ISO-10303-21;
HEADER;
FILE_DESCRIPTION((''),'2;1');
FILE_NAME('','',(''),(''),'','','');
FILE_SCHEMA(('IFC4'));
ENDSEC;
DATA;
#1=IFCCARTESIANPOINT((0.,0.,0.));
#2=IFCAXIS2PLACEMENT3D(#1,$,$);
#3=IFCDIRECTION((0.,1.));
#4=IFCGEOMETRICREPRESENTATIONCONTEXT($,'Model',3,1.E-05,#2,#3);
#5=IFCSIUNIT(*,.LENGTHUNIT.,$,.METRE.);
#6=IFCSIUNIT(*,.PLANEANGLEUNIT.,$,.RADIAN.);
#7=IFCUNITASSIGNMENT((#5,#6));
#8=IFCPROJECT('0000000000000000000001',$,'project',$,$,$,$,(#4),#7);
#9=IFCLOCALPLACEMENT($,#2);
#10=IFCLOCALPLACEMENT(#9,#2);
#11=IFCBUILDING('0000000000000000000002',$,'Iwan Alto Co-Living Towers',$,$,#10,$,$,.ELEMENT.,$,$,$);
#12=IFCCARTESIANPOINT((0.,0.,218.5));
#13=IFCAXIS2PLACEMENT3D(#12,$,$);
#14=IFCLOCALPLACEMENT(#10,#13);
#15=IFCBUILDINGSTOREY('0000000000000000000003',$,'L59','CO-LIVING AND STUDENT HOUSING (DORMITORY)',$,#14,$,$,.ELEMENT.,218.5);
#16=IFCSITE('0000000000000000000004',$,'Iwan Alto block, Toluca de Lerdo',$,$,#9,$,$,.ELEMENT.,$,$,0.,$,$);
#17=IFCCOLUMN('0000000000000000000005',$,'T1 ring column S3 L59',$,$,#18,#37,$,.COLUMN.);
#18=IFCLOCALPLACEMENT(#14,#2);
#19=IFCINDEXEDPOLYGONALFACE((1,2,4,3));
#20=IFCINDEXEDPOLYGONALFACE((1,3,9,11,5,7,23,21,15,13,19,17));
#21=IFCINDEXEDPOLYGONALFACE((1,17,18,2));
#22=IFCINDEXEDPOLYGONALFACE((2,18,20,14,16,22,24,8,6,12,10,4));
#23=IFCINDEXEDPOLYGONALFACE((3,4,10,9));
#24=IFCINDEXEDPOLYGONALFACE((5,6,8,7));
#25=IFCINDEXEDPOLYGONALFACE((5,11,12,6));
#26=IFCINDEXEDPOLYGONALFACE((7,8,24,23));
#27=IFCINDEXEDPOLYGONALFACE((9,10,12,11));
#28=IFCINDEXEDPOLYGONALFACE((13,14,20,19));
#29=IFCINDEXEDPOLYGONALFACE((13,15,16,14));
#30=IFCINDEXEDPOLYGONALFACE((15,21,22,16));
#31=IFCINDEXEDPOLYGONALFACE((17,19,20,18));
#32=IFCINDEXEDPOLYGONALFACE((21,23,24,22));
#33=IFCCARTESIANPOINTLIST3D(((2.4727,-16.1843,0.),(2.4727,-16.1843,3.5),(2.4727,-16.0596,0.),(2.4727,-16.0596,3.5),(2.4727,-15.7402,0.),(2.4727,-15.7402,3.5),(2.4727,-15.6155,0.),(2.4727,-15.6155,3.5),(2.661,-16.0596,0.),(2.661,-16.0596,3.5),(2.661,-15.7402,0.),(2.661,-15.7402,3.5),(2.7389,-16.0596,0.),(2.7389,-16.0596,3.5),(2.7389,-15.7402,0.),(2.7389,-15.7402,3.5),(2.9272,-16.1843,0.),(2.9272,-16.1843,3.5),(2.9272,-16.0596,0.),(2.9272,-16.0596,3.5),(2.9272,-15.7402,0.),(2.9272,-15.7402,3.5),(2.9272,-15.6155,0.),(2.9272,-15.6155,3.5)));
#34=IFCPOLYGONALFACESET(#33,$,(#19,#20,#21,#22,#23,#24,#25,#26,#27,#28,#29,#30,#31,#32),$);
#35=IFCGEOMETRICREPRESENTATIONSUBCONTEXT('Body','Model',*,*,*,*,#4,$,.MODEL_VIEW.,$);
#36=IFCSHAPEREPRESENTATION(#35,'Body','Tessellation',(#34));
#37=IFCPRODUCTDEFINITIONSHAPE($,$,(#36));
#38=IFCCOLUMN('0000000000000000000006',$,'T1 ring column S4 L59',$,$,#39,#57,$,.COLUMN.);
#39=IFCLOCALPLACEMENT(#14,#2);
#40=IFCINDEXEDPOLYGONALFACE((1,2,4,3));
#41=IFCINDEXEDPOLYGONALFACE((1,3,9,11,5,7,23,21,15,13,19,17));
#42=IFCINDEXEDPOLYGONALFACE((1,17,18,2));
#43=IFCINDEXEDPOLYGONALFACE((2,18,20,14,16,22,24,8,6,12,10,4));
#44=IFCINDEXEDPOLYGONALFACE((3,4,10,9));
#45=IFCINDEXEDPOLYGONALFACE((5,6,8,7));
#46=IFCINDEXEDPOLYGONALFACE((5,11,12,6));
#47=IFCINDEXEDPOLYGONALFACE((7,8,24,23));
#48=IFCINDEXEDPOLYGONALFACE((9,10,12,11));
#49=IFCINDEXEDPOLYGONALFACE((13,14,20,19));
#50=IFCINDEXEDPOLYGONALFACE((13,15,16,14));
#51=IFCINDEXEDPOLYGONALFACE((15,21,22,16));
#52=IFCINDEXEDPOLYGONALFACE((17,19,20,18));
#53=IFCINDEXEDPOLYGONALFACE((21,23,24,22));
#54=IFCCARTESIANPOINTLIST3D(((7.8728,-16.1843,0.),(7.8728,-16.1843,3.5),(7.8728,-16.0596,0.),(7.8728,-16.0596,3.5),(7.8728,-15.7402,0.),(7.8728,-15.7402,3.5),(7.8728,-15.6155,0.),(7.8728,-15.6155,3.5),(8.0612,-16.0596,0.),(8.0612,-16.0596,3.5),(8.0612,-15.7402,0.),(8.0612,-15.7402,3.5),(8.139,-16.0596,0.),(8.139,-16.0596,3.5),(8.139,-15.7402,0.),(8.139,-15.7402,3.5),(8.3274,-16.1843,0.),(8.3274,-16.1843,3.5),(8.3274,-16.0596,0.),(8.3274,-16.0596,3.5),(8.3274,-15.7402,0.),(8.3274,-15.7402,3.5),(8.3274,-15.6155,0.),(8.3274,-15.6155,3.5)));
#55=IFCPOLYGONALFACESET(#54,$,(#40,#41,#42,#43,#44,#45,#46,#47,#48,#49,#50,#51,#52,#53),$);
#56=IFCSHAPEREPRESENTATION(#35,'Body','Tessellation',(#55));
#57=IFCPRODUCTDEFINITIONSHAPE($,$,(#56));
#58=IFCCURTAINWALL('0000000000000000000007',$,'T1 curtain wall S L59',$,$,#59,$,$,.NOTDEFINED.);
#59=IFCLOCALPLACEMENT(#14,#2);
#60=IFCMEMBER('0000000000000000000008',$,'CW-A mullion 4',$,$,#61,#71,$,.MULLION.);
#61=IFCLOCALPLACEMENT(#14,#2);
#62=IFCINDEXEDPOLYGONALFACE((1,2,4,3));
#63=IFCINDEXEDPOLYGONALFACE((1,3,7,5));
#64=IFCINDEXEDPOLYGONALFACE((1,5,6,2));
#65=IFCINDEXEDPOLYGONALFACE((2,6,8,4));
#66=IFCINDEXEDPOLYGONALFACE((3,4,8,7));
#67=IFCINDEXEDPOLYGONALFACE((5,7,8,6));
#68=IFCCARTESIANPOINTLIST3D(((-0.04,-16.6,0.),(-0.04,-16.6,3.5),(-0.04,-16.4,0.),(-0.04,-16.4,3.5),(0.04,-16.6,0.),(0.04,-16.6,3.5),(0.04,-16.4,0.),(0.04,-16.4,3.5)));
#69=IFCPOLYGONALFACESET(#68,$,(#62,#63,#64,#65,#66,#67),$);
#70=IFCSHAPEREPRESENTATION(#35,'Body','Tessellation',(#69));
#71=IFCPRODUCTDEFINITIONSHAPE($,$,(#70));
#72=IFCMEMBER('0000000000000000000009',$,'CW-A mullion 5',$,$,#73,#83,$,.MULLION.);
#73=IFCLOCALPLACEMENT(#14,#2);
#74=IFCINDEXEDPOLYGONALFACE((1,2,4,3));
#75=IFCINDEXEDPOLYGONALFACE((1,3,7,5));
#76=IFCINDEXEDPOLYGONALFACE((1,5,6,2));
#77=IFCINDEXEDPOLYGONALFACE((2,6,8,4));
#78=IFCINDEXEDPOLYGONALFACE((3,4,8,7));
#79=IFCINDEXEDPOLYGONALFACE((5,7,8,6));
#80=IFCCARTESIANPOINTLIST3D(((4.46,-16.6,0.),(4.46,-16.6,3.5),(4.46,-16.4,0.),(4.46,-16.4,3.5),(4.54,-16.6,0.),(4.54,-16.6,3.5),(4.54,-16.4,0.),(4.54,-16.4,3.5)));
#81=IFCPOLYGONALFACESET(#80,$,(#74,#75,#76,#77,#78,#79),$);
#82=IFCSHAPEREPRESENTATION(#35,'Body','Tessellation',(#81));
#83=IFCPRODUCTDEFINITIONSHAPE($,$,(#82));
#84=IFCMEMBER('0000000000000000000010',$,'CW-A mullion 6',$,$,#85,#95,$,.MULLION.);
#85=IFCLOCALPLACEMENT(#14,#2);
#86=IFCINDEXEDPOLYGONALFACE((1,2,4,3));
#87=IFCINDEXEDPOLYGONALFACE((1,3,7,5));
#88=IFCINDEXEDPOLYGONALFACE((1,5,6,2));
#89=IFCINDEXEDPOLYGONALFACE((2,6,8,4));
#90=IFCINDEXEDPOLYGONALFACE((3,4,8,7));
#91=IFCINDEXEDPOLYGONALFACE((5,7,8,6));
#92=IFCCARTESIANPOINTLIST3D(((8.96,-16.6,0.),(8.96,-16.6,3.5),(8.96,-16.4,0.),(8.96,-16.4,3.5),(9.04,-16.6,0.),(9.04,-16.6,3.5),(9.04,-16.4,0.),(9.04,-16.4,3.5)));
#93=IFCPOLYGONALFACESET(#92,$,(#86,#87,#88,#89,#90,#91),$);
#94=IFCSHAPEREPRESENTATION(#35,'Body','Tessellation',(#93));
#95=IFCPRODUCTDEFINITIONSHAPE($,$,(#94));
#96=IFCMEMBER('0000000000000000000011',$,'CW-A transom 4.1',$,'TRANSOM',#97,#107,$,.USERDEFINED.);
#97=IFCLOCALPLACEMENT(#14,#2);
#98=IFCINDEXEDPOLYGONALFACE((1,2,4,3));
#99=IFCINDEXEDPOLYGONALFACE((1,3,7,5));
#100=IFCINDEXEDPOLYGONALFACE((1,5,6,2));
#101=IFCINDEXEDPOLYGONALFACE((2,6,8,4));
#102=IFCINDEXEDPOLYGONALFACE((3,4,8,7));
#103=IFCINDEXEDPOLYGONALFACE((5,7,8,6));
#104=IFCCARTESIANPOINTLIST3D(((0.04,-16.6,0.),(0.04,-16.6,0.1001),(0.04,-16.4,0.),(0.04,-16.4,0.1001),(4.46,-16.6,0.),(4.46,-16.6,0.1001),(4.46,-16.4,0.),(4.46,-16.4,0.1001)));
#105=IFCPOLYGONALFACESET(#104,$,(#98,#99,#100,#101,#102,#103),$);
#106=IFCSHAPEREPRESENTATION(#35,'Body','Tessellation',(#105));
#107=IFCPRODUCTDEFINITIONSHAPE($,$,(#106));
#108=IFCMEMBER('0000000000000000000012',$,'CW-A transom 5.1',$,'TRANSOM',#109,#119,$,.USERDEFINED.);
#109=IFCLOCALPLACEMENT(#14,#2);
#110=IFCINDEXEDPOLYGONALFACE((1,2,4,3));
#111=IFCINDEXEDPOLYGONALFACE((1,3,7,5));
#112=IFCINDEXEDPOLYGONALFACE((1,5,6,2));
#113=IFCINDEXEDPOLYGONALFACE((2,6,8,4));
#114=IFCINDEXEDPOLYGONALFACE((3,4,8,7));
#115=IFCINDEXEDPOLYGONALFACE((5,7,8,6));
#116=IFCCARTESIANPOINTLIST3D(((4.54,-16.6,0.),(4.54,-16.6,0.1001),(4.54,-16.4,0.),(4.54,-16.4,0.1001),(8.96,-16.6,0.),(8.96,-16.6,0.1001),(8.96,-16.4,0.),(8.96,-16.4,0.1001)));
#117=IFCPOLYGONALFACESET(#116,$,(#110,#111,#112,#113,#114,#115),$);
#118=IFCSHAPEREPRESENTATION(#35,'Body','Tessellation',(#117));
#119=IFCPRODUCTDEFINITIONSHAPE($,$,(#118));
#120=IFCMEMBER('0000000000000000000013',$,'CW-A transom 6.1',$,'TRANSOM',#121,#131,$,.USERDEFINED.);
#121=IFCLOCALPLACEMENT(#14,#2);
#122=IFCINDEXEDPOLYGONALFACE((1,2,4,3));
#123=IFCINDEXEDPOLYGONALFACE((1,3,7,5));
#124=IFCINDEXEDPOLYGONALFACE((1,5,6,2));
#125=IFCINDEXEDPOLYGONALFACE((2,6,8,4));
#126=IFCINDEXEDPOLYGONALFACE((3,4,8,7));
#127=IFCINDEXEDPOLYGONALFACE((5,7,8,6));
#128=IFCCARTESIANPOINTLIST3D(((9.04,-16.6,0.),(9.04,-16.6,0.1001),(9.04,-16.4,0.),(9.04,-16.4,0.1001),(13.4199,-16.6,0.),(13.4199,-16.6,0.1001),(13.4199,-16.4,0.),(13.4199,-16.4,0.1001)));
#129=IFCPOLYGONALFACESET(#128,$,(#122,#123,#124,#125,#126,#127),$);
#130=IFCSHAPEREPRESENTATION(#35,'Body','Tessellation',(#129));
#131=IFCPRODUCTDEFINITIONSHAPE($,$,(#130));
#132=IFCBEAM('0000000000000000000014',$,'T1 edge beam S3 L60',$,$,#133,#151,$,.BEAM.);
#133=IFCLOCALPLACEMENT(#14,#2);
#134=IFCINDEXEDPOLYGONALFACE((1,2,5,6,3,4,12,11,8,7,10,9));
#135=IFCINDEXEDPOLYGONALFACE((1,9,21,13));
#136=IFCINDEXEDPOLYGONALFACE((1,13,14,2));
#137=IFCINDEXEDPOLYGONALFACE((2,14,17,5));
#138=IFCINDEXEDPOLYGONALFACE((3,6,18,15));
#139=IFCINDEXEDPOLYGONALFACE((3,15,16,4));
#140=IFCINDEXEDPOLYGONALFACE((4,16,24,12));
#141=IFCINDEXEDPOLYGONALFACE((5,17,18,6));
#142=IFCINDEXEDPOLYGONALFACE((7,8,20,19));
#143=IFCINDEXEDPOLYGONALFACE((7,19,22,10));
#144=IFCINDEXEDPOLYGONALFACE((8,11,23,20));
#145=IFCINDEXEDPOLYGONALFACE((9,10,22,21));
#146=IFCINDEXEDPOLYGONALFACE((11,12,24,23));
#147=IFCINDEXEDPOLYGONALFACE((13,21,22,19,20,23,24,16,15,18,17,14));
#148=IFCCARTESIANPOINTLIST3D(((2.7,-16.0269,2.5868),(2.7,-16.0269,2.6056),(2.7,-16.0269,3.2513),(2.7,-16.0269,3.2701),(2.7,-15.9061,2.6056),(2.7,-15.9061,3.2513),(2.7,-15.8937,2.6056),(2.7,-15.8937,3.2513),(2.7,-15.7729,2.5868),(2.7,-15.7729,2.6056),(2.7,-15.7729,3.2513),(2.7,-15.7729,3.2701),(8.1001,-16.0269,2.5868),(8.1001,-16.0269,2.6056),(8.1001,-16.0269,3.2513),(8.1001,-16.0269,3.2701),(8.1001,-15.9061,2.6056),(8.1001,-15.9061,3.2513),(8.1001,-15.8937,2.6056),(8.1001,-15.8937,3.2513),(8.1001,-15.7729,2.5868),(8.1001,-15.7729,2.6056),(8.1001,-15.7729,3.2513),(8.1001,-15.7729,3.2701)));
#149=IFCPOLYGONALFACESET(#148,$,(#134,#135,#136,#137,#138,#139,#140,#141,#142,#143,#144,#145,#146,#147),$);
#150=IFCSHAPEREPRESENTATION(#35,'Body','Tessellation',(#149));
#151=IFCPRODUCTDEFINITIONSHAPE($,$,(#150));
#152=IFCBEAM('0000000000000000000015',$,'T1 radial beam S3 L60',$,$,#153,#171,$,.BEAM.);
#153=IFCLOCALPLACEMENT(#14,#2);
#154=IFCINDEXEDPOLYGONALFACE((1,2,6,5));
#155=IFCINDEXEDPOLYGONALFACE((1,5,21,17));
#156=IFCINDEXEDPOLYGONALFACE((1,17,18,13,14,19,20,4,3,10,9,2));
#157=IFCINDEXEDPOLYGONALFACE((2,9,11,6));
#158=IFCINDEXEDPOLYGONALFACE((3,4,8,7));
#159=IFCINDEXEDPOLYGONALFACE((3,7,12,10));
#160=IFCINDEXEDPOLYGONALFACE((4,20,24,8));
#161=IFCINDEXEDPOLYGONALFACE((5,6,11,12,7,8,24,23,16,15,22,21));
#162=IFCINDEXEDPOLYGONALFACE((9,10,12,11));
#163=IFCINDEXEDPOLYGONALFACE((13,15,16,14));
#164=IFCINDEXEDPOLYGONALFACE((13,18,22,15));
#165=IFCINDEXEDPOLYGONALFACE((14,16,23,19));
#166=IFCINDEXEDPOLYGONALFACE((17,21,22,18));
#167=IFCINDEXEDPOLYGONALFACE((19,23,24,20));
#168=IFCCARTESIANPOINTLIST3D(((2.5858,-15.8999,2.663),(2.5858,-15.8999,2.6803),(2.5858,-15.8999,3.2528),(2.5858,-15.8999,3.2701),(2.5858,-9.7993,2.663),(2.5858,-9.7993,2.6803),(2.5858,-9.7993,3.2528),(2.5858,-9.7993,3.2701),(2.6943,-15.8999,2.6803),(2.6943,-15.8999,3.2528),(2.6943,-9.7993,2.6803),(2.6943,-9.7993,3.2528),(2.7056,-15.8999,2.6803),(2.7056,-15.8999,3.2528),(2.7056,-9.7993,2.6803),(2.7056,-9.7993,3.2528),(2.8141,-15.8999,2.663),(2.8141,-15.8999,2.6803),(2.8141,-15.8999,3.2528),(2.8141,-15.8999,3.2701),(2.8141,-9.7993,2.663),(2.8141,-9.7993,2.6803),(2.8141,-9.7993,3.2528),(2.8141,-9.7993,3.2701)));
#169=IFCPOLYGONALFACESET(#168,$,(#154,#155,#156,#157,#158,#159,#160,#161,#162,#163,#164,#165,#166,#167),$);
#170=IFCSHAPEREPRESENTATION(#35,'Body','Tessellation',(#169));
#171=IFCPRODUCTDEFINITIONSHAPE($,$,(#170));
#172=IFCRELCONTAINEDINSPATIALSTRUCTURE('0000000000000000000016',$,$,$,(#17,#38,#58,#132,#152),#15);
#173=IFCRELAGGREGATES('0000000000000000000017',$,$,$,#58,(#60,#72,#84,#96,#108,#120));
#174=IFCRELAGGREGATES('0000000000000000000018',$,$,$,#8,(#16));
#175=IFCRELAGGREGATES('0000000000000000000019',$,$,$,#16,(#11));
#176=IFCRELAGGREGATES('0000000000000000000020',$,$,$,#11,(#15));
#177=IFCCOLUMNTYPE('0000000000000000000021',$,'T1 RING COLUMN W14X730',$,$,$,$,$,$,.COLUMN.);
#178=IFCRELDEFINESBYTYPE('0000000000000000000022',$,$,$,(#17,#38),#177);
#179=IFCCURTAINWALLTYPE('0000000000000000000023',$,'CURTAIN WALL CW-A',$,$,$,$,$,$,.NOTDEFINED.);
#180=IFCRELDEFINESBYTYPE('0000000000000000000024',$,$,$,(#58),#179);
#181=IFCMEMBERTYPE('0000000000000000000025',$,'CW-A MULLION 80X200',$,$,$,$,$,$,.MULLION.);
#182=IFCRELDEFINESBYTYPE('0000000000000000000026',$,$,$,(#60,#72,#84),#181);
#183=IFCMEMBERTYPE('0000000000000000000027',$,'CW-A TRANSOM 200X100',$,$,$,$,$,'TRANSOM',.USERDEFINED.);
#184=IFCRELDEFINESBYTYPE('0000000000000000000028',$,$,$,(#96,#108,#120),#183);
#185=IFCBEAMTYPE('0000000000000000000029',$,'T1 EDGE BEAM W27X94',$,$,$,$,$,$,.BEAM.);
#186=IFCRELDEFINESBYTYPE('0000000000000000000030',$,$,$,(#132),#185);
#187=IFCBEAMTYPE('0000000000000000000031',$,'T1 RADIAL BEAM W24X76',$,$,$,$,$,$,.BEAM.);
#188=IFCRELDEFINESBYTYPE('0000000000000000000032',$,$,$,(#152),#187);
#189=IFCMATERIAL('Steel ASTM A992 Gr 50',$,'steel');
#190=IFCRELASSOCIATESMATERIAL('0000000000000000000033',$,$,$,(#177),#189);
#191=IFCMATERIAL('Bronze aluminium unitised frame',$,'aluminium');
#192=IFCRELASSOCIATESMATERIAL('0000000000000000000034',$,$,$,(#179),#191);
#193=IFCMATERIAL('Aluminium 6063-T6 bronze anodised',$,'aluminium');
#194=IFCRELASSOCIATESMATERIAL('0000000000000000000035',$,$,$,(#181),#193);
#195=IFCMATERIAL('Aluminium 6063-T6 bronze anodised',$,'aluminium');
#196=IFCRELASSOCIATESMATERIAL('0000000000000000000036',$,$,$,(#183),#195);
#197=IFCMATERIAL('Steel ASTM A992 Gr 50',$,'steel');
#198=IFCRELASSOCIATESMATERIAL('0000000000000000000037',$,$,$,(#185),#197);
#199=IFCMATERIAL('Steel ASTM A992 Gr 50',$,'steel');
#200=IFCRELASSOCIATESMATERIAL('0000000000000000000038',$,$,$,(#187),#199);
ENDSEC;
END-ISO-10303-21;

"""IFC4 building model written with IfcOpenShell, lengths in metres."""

from ifc_helpers import new_model, si_unit, direction, frame, origin, origin_2d, place, context, subcontext, project, spatial, rectangle, i_section, extrude, material, material_profile, profile_set, type_object, element, aggregate, save


model = new_model("IFC4")

# Units and contexts
model_context = context("Model", 3, precision=1e-05, world=origin(), true_north=direction((0.0, 1.0)))
body_context = subcontext(model_context, "Body", "Model", "MODEL_VIEW")
ifc_project = project(units=[si_unit("LENGTHUNIT", "METRE"), si_unit("PLANEANGLEUNIT", "RADIAN")], contexts=[model_context])

# Site, building, storey
site_placement = place(None, origin())
site = spatial("IfcSite", under=ifc_project, at=site_placement, Name="Iwan Alto block, Toluca de Lerdo", CompositionType="ELEMENT", RefElevation=0.0)
building_placement = place(site_placement, origin())
building = spatial("IfcBuilding", under=site, at=building_placement, Name="Iwan Alto Co-Living Towers", CompositionType="ELEMENT")
storey_placement = place(building_placement, frame((0.0, 0.0, 218.5)))
storey = spatial("IfcBuildingStorey", under=building, at=storey_placement, Name="L59", Description="CO-LIVING AND STUDENT HOUSING (DORMITORY)", CompositionType="ELEMENT", Elevation=218.5)

# Columns
ifc_material_1 = material(Name="Steel ASTM A992 Gr 50", Category="steel")
ifc_material_profile_1 = material_profile(ifc_material_1, i_section(OverallWidth=0.4546, OverallDepth=0.5688, WebThickness=0.0779, FlangeThickness=0.1248, at=origin_2d()), Name="W14X730")
ifc_profile_set_1 = profile_set([ifc_material_profile_1], Name="Steel ASTM A992 Gr 50")
column_type = type_object("IfcColumnType", Name="T1 RING COLUMN W14X730", PredefinedType="COLUMN", material=ifc_profile_set_1)
for number, where, z_axis, x_axis, name in (
    (1, (2.7, -15.8999, 0.0), (0.0, 0.0, 1.0), (1.0, 0.0, 0.0), "T1 ring column S3 L59"),
    (2, (8.1001, -15.8999, 0.0), (0.0, 0.0, 1.0), (1.0, 0.0, 0.0), "T1 ring column S4 L59"),
):
    element("IfcColumn", number, at=place(storey_placement, frame(where, z_axis=z_axis, x_axis=x_axis)), inside=storey, type_object=column_type, Name=name, PredefinedType="COLUMN", context=body_context, shape_type="SweptSolid", body=[
        extrude(i_section(OverallWidth=0.4546, OverallDepth=0.5688, WebThickness=0.0779, FlangeThickness=0.1248, at=origin_2d()), origin(), (0.0, 0.0, 1.0), 3.5),
    ])

# Curtain wall, members
ifc_material_2 = material(Name="Bronze aluminium unitised frame", Category="aluminium")
curtain_wall_type = type_object("IfcCurtainWallType", Name="CURTAIN WALL CW-A", PredefinedType="NOTDEFINED", material=ifc_material_2)
curtain_wall_placement = place(storey_placement, origin())
curtain_wall = element("IfcCurtainWall", 3, at=curtain_wall_placement, inside=storey, type_object=curtain_wall_type, Name="T1 curtain wall S L59", PredefinedType="NOTDEFINED")
ifc_material_3 = material(Name="Aluminium 6063-T6 bronze anodised", Category="aluminium")
ifc_material_profile_2 = material_profile(ifc_material_3, rectangle(XDim=0.2, YDim=0.0801, at=origin_2d()), Name="AL 80X200")
ifc_profile_set_2 = profile_set([ifc_material_profile_2], Name="Aluminium 6063-T6 bronze anodised")
member_type_1 = type_object("IfcMemberType", Name="CW-A MULLION 80X200", PredefinedType="MULLION", material=ifc_profile_set_2)
member_1_placement = place(storey_placement, frame((0.0, -16.5, 0.0), z_axis=(0.0, 0.0, 1.0), x_axis=(0.0, 1.0, 0.0)))
member_1 = element("IfcMember", 4, at=member_1_placement, type_object=member_type_1, Name="CW-A mullion 4", PredefinedType="MULLION", context=body_context, shape_type="SweptSolid", body=[
    extrude(rectangle(XDim=0.2, YDim=0.0801, at=origin_2d()), origin(), (0.0, 0.0, 1.0), 3.5),
])
member_2_placement = place(storey_placement, frame((4.5, -16.5, 0.0), z_axis=(0.0, 0.0, 1.0), x_axis=(0.0, 1.0, 0.0)))
member_2 = element("IfcMember", 5, at=member_2_placement, type_object=member_type_1, Name="CW-A mullion 5", PredefinedType="MULLION", context=body_context, shape_type="SweptSolid", body=[
    extrude(rectangle(XDim=0.2, YDim=0.0801, at=origin_2d()), origin(), (0.0, 0.0, 1.0), 3.5),
])
member_3_placement = place(storey_placement, frame((9.0, -16.5, 0.0), z_axis=(0.0, 0.0, 1.0), x_axis=(0.0, 1.0, 0.0)))
member_3 = element("IfcMember", 6, at=member_3_placement, type_object=member_type_1, Name="CW-A mullion 6", PredefinedType="MULLION", context=body_context, shape_type="SweptSolid", body=[
    extrude(rectangle(XDim=0.2, YDim=0.0801, at=origin_2d()), origin(), (0.0, 0.0, 1.0), 3.5),
])
ifc_material_4 = material(Name="Aluminium 6063-T6 bronze anodised", Category="aluminium")
ifc_material_profile_3 = material_profile(ifc_material_4, rectangle(XDim=0.2, YDim=0.1001, at=origin_2d()), Name="AL 200X100")
ifc_profile_set_3 = profile_set([ifc_material_profile_3], Name="Aluminium 6063-T6 bronze anodised")
member_type_2 = type_object("IfcMemberType", Name="CW-A TRANSOM 200X100", ElementType="TRANSOM", PredefinedType="USERDEFINED", material=ifc_profile_set_3)
member_4_placement = place(storey_placement, frame((0.04, -16.5, 0.05), z_axis=(1.0, 0.0, 0.0), x_axis=(0.0, 1.0, 0.0)))
member_4 = element("IfcMember", 7, at=member_4_placement, type_object=member_type_2, Name="CW-A transom 4.1", ObjectType="TRANSOM", PredefinedType="USERDEFINED", context=body_context, shape_type="SweptSolid", body=[
    extrude(rectangle(XDim=0.2, YDim=0.1001, at=origin_2d()), origin(), (0.0, 0.0, 1.0), 4.4199),
])
member_5_placement = place(storey_placement, frame((4.54, -16.5, 0.05), z_axis=(1.0, 0.0, 0.0), x_axis=(0.0, 1.0, 0.0)))
member_5 = element("IfcMember", 8, at=member_5_placement, type_object=member_type_2, Name="CW-A transom 5.1", ObjectType="TRANSOM", PredefinedType="USERDEFINED", context=body_context, shape_type="SweptSolid", body=[
    extrude(rectangle(XDim=0.2, YDim=0.1001, at=origin_2d()), origin(), (0.0, 0.0, 1.0), 4.4199),
])
member_6_placement = place(storey_placement, frame((9.04, -16.5, 0.05), z_axis=(1.0, 0.0, 0.0), x_axis=(0.0, 1.0, 0.0)))
member_6 = element("IfcMember", 9, at=member_6_placement, type_object=member_type_2, Name="CW-A transom 6.1", ObjectType="TRANSOM", PredefinedType="USERDEFINED", context=body_context, shape_type="SweptSolid", body=[
    extrude(rectangle(XDim=0.2, YDim=0.1001, at=origin_2d()), origin(), (0.0, 0.0, 1.0), 4.3799),
])

# Beams
ifc_material_5 = material(Name="Steel ASTM A992 Gr 50", Category="steel")
ifc_material_profile_4 = material_profile(ifc_material_5, i_section(OverallWidth=0.2539, OverallDepth=0.6833, WebThickness=0.0125, FlangeThickness=0.0188, at=origin_2d()), Name="W27X94")
ifc_profile_set_4 = profile_set([ifc_material_profile_4], Name="Steel ASTM A992 Gr 50")
beam_type_1 = type_object("IfcBeamType", Name="T1 EDGE BEAM W27X94", PredefinedType="BEAM", material=ifc_profile_set_4)
beam_1_placement = place(storey_placement, frame((2.7, -15.8999, 2.9285), z_axis=(1.0, 0.0, 0.0), x_axis=(0.0, 1.0, 0.0)))
element("IfcBeam", 10, at=beam_1_placement, inside=storey, type_object=beam_type_1, Name="T1 edge beam S3 L60", PredefinedType="BEAM", context=body_context, shape_type="SweptSolid", body=[
    extrude(i_section(OverallWidth=0.2539, OverallDepth=0.6833, WebThickness=0.0125, FlangeThickness=0.0188, at=origin_2d()), origin(), (0.0, 0.0, 1.0), 5.4001),
])
ifc_material_6 = material(Name="Steel ASTM A992 Gr 50", Category="steel")
ifc_material_profile_5 = material_profile(ifc_material_6, i_section(OverallWidth=0.2283, OverallDepth=0.6072, WebThickness=0.0112, FlangeThickness=0.0173, at=origin_2d()), Name="W24X76")
ifc_profile_set_5 = profile_set([ifc_material_profile_5], Name="Steel ASTM A992 Gr 50")
beam_type_2 = type_object("IfcBeamType", Name="T1 RADIAL BEAM W24X76", PredefinedType="BEAM", material=ifc_profile_set_5)
beam_2_placement = place(storey_placement, frame((2.7, -15.8999, 2.9666), z_axis=(0.0, 1.0, 0.0), x_axis=(-1.0, 0.0, 0.0)))
element("IfcBeam", 11, at=beam_2_placement, inside=storey, type_object=beam_type_2, Name="T1 radial beam S3 L60", PredefinedType="BEAM", context=body_context, shape_type="SweptSolid", body=[
    extrude(i_section(OverallWidth=0.2283, OverallDepth=0.6072, WebThickness=0.0112, FlangeThickness=0.0173, at=origin_2d()), origin(), (0.0, 0.0, 1.0), 6.1006),
])

aggregate(curtain_wall, [member_1, member_2, member_3, member_4, member_5, member_6])

save(model, "model.ifc")
